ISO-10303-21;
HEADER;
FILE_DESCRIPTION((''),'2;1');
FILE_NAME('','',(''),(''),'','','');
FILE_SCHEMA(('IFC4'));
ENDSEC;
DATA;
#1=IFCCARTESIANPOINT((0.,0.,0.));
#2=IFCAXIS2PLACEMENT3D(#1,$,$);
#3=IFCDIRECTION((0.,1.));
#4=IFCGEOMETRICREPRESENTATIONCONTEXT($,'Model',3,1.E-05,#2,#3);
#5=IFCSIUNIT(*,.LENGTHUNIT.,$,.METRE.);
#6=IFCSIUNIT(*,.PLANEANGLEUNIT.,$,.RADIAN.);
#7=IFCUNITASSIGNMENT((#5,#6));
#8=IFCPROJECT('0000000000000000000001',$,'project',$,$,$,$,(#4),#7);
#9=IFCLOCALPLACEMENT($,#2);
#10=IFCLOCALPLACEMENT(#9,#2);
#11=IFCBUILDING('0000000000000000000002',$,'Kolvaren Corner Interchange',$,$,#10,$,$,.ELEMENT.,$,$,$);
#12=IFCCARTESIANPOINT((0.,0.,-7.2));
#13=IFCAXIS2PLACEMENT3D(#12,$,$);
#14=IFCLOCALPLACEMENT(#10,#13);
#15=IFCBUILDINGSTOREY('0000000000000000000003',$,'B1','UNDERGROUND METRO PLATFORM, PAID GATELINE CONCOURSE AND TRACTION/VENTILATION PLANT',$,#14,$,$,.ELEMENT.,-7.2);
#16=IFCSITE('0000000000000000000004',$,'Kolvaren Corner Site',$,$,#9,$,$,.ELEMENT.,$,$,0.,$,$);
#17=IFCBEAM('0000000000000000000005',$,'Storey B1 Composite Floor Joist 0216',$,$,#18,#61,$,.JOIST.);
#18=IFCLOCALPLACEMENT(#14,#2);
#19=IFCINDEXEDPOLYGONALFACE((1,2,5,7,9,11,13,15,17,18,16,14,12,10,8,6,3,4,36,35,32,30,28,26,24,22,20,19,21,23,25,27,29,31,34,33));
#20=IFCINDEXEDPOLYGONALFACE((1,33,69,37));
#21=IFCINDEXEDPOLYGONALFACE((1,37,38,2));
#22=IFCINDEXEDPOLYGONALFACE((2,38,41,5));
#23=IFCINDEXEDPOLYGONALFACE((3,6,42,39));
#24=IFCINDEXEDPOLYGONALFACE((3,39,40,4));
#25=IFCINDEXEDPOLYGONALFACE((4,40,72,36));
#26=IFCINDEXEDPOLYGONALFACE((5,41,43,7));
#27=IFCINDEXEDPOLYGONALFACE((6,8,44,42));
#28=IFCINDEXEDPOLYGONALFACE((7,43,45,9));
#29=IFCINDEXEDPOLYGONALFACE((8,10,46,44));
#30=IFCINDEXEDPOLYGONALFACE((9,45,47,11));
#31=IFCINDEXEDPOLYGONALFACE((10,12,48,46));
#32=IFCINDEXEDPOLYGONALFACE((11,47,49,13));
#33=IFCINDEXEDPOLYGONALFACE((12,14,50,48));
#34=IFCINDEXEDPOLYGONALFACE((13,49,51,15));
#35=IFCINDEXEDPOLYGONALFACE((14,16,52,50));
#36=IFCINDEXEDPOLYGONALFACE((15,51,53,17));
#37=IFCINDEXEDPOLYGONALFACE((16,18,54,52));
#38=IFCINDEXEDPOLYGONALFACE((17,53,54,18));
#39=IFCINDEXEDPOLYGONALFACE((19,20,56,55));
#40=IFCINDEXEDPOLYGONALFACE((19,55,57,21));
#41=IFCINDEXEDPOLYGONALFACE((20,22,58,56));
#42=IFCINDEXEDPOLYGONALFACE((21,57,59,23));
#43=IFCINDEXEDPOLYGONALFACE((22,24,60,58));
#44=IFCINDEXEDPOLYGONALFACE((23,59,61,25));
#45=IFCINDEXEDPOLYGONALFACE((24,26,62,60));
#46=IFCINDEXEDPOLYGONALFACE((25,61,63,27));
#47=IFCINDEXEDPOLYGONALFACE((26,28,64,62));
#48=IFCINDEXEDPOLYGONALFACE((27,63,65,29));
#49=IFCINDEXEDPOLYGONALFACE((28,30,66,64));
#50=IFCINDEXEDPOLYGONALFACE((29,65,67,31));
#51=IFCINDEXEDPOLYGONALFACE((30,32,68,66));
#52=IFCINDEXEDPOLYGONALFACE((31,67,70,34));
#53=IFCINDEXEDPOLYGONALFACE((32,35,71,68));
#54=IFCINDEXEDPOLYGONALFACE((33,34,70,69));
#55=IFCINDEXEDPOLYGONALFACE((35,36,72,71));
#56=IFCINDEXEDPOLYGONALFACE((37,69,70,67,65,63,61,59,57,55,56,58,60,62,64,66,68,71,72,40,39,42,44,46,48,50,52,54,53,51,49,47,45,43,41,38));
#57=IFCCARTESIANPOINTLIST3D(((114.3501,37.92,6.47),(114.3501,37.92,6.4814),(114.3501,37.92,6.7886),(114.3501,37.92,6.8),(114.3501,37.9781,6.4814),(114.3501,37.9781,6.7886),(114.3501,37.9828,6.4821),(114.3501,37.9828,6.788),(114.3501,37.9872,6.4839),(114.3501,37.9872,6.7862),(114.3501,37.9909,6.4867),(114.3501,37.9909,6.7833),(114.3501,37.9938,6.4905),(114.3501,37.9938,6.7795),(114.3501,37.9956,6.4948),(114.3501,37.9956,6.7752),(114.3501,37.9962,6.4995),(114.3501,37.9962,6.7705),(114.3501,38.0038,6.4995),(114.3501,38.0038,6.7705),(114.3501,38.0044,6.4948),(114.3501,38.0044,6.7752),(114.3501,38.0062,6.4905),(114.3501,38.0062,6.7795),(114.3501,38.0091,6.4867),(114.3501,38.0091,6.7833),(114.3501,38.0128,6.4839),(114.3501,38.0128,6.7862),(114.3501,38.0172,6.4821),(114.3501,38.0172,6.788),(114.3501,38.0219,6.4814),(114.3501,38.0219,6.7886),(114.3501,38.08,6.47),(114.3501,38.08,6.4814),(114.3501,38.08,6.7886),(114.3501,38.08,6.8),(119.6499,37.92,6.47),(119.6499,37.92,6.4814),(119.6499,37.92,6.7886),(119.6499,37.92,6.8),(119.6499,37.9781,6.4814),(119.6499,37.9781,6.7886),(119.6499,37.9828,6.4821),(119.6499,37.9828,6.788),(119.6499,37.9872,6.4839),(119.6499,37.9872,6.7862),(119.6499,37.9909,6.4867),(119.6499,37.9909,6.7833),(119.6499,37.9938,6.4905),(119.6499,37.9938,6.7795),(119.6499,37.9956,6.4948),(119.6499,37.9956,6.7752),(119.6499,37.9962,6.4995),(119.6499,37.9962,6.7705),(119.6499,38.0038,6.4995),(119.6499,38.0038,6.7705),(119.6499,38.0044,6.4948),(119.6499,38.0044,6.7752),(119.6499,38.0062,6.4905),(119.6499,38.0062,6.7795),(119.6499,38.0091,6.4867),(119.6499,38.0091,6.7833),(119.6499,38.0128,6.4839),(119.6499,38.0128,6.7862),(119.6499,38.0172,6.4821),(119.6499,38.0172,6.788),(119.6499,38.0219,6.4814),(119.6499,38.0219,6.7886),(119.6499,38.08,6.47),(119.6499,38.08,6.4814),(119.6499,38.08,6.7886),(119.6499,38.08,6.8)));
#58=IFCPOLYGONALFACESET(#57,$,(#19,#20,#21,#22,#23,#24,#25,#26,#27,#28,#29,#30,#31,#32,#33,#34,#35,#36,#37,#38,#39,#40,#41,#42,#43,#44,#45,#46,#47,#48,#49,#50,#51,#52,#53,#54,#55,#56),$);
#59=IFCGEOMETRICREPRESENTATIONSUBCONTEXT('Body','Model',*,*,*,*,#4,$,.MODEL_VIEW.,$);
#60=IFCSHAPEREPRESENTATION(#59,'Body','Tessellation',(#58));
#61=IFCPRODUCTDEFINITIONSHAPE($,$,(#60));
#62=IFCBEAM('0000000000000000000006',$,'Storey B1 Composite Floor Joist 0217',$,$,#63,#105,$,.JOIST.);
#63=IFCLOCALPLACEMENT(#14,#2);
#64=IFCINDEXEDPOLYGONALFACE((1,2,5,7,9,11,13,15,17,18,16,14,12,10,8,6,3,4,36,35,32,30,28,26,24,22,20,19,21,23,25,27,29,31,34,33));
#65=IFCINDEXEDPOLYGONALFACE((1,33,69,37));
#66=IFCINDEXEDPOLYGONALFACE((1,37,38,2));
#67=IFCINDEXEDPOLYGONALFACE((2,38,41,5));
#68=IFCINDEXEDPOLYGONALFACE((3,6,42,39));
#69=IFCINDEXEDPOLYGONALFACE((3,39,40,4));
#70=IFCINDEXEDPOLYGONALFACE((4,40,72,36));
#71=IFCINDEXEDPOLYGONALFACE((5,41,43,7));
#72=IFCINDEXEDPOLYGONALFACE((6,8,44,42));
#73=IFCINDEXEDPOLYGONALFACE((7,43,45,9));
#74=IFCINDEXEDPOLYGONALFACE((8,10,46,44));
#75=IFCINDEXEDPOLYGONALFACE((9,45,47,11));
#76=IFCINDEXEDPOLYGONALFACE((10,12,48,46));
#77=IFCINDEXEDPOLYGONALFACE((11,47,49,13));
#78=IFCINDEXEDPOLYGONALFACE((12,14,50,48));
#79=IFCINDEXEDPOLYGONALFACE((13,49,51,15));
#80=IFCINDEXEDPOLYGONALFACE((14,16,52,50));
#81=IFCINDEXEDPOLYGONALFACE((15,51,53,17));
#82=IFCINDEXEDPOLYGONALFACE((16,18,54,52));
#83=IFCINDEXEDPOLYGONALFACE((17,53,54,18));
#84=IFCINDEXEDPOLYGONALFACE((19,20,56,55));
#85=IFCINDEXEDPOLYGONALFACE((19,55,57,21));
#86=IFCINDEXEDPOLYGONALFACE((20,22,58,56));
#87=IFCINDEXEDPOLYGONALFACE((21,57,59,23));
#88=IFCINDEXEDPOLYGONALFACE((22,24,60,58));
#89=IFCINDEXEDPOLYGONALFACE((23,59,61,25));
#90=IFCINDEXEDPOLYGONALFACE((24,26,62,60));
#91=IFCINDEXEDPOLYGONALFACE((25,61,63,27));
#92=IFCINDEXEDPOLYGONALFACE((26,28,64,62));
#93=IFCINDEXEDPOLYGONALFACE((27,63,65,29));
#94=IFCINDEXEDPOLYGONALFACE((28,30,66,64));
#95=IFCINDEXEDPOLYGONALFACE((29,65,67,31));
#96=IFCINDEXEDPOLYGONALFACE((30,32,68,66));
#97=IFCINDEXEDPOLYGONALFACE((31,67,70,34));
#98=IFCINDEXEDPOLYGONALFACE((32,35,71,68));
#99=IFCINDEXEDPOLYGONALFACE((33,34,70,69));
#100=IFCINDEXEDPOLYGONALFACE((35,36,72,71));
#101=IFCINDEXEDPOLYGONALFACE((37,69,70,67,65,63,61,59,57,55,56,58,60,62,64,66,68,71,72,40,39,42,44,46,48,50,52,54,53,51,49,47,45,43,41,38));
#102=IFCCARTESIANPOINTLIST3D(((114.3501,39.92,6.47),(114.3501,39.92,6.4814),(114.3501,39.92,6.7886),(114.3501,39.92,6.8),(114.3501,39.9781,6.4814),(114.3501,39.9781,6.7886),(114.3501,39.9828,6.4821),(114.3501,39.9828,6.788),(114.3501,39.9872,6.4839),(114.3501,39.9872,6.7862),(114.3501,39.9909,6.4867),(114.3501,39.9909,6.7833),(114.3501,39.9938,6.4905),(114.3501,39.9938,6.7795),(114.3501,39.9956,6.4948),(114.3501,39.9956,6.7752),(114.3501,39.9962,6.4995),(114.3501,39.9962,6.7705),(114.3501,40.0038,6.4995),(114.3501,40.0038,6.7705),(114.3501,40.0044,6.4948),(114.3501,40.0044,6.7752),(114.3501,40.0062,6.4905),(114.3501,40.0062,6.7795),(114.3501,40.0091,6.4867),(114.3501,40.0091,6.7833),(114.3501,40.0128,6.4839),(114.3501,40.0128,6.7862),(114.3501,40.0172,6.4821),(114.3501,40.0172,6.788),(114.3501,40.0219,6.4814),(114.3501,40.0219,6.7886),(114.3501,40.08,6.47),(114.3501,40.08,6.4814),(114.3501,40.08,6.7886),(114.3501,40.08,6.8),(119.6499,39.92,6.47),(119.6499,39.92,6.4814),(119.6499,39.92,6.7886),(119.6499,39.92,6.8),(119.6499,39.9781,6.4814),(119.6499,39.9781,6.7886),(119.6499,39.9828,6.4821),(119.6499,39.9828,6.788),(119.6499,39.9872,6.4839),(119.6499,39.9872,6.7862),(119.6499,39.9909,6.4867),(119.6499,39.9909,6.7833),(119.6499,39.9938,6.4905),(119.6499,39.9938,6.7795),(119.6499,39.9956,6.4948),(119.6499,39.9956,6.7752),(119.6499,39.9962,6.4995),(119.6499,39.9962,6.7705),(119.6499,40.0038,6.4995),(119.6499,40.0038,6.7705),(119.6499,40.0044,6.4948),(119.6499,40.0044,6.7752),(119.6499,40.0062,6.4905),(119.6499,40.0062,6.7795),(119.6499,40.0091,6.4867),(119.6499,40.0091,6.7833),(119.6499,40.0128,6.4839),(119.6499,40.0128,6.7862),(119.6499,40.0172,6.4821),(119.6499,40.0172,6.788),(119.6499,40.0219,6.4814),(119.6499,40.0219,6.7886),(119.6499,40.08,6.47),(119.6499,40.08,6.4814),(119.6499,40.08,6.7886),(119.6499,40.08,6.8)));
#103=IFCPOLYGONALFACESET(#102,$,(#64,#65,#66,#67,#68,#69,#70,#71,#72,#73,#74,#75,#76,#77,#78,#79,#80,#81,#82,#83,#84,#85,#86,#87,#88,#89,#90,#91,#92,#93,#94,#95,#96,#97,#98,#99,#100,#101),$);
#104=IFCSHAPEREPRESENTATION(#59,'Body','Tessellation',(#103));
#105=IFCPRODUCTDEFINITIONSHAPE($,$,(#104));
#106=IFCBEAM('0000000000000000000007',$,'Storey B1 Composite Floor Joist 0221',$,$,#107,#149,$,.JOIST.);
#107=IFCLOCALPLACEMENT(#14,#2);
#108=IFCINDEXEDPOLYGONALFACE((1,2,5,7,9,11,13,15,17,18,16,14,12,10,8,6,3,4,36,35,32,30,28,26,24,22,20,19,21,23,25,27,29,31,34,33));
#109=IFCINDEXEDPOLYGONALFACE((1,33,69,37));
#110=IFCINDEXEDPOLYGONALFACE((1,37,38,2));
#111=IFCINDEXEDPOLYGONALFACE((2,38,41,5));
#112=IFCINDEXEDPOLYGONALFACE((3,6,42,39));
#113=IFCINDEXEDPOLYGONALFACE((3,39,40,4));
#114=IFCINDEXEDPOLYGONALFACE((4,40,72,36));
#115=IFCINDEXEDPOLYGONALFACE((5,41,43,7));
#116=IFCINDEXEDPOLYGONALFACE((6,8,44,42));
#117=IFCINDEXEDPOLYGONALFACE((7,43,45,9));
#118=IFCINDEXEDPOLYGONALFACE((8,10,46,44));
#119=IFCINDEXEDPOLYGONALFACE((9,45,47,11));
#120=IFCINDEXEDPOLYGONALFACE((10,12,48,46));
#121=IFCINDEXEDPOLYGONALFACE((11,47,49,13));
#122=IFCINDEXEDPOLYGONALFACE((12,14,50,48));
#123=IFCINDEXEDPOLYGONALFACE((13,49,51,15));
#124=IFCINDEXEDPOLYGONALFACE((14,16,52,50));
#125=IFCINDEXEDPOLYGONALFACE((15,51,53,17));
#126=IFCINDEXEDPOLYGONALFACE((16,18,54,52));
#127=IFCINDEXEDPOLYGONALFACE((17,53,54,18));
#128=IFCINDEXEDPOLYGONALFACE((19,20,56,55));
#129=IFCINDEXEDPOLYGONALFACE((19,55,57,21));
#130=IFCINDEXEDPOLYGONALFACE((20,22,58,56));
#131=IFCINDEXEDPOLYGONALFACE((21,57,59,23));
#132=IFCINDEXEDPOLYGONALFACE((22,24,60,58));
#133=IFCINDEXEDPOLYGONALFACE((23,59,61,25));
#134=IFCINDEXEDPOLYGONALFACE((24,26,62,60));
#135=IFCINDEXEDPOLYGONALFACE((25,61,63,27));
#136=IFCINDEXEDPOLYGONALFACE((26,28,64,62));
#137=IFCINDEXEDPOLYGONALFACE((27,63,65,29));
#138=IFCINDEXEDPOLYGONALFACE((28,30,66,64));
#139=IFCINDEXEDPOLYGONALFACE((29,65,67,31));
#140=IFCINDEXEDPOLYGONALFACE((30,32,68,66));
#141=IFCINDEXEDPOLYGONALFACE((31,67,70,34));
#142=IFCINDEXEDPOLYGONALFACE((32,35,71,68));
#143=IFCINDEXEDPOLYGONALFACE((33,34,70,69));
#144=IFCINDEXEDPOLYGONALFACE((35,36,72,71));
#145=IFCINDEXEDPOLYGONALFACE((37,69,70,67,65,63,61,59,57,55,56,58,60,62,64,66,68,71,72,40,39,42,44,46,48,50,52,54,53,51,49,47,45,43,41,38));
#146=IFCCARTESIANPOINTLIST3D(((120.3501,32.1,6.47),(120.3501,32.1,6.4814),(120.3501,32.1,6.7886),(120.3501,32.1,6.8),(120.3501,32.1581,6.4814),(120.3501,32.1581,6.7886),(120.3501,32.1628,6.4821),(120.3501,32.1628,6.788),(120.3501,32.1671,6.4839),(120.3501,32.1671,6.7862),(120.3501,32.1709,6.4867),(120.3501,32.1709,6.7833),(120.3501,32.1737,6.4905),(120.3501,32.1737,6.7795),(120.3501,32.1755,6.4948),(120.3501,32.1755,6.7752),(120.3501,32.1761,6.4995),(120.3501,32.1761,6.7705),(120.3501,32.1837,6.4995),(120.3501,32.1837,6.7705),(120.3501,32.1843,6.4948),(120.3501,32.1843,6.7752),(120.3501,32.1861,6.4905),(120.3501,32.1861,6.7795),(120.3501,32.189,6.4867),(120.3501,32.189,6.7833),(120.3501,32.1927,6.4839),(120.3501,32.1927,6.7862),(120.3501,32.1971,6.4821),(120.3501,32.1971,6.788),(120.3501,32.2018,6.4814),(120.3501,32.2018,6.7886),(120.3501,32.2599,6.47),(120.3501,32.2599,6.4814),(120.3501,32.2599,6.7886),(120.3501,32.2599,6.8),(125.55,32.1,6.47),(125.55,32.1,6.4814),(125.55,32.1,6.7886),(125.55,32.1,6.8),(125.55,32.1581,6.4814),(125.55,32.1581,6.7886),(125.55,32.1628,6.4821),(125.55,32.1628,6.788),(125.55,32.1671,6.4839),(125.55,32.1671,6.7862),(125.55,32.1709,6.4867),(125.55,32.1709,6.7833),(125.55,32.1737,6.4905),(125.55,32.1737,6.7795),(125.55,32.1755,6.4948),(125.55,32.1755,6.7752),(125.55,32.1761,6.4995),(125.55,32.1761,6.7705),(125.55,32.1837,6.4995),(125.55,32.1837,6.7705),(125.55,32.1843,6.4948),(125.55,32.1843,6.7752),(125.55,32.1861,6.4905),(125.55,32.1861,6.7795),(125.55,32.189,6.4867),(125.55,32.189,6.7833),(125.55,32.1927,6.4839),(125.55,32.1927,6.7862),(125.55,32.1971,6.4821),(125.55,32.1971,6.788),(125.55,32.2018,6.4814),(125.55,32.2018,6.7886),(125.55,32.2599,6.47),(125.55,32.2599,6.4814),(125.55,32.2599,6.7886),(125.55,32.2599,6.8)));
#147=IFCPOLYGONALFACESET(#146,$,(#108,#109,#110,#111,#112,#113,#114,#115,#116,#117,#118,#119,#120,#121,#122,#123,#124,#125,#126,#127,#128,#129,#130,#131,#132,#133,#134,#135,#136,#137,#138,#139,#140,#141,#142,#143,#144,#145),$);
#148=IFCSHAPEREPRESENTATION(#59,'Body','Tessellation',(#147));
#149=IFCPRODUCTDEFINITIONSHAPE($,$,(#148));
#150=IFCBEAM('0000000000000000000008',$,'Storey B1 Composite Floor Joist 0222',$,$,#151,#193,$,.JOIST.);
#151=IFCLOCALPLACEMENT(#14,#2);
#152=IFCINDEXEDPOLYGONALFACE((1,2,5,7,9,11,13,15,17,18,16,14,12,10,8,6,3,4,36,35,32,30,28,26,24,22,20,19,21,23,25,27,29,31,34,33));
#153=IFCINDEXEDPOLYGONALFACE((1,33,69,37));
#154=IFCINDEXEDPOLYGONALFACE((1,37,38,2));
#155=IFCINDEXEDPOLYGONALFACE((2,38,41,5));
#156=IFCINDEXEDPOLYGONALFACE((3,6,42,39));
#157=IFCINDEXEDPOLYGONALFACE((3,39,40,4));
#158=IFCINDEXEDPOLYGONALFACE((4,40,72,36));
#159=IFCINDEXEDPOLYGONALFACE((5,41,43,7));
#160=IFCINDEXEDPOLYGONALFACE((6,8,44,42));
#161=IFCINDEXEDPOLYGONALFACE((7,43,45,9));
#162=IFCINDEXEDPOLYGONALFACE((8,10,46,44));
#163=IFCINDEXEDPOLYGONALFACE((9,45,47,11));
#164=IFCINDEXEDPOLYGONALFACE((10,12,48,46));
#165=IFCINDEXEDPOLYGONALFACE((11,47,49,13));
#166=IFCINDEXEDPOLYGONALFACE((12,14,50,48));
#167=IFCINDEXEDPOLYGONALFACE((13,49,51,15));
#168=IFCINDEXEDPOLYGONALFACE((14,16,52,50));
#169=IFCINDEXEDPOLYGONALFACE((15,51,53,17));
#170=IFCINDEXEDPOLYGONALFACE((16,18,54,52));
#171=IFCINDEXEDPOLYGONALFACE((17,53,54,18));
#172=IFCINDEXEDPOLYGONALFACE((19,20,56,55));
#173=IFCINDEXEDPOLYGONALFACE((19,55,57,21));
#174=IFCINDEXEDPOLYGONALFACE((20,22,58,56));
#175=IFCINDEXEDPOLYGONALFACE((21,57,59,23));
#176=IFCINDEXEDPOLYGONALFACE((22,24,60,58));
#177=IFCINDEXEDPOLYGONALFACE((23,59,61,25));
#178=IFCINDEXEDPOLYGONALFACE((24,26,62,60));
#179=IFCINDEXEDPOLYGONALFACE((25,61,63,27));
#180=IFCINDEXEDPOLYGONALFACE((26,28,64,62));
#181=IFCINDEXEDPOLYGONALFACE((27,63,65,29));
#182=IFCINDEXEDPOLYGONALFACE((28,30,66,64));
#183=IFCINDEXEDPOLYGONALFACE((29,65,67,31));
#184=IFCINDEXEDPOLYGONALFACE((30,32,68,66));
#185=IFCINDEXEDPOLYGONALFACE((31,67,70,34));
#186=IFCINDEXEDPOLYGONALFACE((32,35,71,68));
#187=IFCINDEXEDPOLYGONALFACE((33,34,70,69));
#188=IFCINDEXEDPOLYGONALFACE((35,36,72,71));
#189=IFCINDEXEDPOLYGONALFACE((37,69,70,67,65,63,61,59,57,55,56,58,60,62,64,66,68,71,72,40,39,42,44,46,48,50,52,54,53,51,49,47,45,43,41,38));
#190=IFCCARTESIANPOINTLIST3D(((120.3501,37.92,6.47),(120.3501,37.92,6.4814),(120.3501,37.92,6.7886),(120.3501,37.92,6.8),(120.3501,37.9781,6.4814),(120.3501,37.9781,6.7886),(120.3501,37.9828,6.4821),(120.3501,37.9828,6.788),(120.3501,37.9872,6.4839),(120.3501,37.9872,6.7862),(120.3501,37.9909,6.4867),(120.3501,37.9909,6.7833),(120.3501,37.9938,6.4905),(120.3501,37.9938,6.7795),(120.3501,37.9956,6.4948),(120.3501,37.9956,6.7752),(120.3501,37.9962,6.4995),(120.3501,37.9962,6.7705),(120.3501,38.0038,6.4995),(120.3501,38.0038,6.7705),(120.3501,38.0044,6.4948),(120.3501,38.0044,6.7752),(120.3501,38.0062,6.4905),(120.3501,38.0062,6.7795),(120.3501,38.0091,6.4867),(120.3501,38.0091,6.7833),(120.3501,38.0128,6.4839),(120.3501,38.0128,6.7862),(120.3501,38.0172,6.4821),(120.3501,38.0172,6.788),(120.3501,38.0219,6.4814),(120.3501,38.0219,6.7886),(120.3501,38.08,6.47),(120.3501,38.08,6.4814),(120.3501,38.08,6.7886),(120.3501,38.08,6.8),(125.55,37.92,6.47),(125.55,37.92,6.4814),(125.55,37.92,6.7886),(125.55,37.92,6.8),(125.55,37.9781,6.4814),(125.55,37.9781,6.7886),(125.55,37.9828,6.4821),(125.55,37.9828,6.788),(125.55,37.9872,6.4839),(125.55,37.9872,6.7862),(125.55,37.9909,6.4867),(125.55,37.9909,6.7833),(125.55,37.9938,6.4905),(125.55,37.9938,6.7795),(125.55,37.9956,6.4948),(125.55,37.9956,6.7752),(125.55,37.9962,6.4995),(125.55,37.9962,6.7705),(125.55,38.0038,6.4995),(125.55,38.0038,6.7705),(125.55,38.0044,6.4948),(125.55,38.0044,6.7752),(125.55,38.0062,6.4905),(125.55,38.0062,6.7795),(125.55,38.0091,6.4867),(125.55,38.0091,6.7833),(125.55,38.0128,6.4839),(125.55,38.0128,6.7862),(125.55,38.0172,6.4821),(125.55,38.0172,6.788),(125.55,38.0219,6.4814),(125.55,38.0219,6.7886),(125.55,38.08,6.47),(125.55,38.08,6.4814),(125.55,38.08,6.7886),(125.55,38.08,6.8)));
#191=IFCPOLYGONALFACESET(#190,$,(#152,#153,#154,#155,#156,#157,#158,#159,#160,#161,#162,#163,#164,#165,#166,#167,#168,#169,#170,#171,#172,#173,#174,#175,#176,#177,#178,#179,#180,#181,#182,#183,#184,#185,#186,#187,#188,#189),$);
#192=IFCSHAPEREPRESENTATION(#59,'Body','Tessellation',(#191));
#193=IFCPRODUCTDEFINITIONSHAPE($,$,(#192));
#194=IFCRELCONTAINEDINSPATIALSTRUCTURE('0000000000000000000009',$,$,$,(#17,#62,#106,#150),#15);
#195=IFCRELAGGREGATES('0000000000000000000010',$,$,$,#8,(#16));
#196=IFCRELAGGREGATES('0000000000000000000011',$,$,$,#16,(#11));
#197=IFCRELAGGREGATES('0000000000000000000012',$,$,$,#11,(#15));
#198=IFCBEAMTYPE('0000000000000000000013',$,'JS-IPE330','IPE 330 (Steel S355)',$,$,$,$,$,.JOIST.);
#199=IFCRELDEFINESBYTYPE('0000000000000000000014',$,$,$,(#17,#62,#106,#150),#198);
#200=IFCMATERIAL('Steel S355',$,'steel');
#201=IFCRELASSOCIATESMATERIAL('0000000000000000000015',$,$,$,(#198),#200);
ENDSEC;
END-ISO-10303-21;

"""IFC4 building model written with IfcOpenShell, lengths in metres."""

from ifc_helpers import new_model, si_unit, direction, frame, origin, origin_2d, place, context, subcontext, project, spatial, i_section, extrude, material, material_profile, profile_set, type_object, element, save


model = new_model("IFC4")

# Units and contexts
model_context = context("Model", 3, precision=1e-05, world=origin(), true_north=direction((0.0, 1.0)))
body_context = subcontext(model_context, "Body", "Model", "MODEL_VIEW")
ifc_project = project(units=[si_unit("LENGTHUNIT", "METRE"), si_unit("PLANEANGLEUNIT", "RADIAN")], contexts=[model_context])

# Site, building, storey
site_placement = place(None, origin())
site = spatial("IfcSite", under=ifc_project, at=site_placement, Name="Kolvaren Corner Site", CompositionType="ELEMENT", RefElevation=0.0)
building_placement = place(site_placement, origin())
building = spatial("IfcBuilding", under=site, at=building_placement, Name="Kolvaren Corner Interchange", CompositionType="ELEMENT")
storey_placement = place(building_placement, frame((0.0, 0.0, -7.2)))
storey = spatial("IfcBuildingStorey", under=building, at=storey_placement, Name="B1", Description="UNDERGROUND METRO PLATFORM, PAID GATELINE CONCOURSE AND TRACTION/VENTILATION PLANT", CompositionType="ELEMENT", Elevation=-7.2)

# Beams
ifc_material_1 = material(Name="Steel S355", Category="steel")
ifc_material_profile_1 = material_profile(ifc_material_1, i_section(OverallWidth=0.1599, OverallDepth=0.3301, WebThickness=0.0076, FlangeThickness=0.0115, FilletRadius=0.0181, at=origin_2d()), Name="IPE 330")
ifc_profile_set_1 = profile_set([ifc_material_profile_1], Name="Steel S355")
beam_type_1 = type_object("IfcBeamType", Name="JS-IPE330", Description="IPE 330 (Steel S355)", PredefinedType="JOIST", material=ifc_profile_set_1)
for number, where, z_axis, x_axis, name in (
    (1, (114.3501, 38.0, 6.635), (1.0, 0.0, 0.0), (0.0, 1.0, 0.0), "Storey B1 Composite Floor Joist 0216"),
    (2, (114.3501, 40.0, 6.635), (1.0, 0.0, 0.0), (0.0, 1.0, 0.0), "Storey B1 Composite Floor Joist 0217"),
):
    element("IfcBeam", number, at=place(storey_placement, frame(where, z_axis=z_axis, x_axis=x_axis)), inside=storey, type_object=beam_type_1, Name=name, PredefinedType="JOIST", context=body_context, shape_type="SweptSolid", body=[
        extrude(i_section(OverallWidth=0.1599, OverallDepth=0.3301, WebThickness=0.0076, FlangeThickness=0.0115, FilletRadius=0.0181, at=origin_2d()), origin(), (0.0, 0.0, 1.0), 5.2998),
    ])
for number, where, z_axis, x_axis, name in (
    (3, (120.3501, 32.1799, 6.635), (1.0, 0.0, 0.0), (0.0, 1.0, 0.0), "Storey B1 Composite Floor Joist 0221"),
    (4, (120.3501, 38.0, 6.635), (1.0, 0.0, 0.0), (0.0, 1.0, 0.0), "Storey B1 Composite Floor Joist 0222"),
):
    element("IfcBeam", number, at=place(storey_placement, frame(where, z_axis=z_axis, x_axis=x_axis)), inside=storey, type_object=beam_type_1, Name=name, PredefinedType="JOIST", context=body_context, shape_type="SweptSolid", body=[
        extrude(i_section(OverallWidth=0.1599, OverallDepth=0.3301, WebThickness=0.0076, FlangeThickness=0.0115, FilletRadius=0.0181, at=origin_2d()), origin(), (0.0, 0.0, 1.0), 5.2),
    ])

save(model, "model.ifc")
